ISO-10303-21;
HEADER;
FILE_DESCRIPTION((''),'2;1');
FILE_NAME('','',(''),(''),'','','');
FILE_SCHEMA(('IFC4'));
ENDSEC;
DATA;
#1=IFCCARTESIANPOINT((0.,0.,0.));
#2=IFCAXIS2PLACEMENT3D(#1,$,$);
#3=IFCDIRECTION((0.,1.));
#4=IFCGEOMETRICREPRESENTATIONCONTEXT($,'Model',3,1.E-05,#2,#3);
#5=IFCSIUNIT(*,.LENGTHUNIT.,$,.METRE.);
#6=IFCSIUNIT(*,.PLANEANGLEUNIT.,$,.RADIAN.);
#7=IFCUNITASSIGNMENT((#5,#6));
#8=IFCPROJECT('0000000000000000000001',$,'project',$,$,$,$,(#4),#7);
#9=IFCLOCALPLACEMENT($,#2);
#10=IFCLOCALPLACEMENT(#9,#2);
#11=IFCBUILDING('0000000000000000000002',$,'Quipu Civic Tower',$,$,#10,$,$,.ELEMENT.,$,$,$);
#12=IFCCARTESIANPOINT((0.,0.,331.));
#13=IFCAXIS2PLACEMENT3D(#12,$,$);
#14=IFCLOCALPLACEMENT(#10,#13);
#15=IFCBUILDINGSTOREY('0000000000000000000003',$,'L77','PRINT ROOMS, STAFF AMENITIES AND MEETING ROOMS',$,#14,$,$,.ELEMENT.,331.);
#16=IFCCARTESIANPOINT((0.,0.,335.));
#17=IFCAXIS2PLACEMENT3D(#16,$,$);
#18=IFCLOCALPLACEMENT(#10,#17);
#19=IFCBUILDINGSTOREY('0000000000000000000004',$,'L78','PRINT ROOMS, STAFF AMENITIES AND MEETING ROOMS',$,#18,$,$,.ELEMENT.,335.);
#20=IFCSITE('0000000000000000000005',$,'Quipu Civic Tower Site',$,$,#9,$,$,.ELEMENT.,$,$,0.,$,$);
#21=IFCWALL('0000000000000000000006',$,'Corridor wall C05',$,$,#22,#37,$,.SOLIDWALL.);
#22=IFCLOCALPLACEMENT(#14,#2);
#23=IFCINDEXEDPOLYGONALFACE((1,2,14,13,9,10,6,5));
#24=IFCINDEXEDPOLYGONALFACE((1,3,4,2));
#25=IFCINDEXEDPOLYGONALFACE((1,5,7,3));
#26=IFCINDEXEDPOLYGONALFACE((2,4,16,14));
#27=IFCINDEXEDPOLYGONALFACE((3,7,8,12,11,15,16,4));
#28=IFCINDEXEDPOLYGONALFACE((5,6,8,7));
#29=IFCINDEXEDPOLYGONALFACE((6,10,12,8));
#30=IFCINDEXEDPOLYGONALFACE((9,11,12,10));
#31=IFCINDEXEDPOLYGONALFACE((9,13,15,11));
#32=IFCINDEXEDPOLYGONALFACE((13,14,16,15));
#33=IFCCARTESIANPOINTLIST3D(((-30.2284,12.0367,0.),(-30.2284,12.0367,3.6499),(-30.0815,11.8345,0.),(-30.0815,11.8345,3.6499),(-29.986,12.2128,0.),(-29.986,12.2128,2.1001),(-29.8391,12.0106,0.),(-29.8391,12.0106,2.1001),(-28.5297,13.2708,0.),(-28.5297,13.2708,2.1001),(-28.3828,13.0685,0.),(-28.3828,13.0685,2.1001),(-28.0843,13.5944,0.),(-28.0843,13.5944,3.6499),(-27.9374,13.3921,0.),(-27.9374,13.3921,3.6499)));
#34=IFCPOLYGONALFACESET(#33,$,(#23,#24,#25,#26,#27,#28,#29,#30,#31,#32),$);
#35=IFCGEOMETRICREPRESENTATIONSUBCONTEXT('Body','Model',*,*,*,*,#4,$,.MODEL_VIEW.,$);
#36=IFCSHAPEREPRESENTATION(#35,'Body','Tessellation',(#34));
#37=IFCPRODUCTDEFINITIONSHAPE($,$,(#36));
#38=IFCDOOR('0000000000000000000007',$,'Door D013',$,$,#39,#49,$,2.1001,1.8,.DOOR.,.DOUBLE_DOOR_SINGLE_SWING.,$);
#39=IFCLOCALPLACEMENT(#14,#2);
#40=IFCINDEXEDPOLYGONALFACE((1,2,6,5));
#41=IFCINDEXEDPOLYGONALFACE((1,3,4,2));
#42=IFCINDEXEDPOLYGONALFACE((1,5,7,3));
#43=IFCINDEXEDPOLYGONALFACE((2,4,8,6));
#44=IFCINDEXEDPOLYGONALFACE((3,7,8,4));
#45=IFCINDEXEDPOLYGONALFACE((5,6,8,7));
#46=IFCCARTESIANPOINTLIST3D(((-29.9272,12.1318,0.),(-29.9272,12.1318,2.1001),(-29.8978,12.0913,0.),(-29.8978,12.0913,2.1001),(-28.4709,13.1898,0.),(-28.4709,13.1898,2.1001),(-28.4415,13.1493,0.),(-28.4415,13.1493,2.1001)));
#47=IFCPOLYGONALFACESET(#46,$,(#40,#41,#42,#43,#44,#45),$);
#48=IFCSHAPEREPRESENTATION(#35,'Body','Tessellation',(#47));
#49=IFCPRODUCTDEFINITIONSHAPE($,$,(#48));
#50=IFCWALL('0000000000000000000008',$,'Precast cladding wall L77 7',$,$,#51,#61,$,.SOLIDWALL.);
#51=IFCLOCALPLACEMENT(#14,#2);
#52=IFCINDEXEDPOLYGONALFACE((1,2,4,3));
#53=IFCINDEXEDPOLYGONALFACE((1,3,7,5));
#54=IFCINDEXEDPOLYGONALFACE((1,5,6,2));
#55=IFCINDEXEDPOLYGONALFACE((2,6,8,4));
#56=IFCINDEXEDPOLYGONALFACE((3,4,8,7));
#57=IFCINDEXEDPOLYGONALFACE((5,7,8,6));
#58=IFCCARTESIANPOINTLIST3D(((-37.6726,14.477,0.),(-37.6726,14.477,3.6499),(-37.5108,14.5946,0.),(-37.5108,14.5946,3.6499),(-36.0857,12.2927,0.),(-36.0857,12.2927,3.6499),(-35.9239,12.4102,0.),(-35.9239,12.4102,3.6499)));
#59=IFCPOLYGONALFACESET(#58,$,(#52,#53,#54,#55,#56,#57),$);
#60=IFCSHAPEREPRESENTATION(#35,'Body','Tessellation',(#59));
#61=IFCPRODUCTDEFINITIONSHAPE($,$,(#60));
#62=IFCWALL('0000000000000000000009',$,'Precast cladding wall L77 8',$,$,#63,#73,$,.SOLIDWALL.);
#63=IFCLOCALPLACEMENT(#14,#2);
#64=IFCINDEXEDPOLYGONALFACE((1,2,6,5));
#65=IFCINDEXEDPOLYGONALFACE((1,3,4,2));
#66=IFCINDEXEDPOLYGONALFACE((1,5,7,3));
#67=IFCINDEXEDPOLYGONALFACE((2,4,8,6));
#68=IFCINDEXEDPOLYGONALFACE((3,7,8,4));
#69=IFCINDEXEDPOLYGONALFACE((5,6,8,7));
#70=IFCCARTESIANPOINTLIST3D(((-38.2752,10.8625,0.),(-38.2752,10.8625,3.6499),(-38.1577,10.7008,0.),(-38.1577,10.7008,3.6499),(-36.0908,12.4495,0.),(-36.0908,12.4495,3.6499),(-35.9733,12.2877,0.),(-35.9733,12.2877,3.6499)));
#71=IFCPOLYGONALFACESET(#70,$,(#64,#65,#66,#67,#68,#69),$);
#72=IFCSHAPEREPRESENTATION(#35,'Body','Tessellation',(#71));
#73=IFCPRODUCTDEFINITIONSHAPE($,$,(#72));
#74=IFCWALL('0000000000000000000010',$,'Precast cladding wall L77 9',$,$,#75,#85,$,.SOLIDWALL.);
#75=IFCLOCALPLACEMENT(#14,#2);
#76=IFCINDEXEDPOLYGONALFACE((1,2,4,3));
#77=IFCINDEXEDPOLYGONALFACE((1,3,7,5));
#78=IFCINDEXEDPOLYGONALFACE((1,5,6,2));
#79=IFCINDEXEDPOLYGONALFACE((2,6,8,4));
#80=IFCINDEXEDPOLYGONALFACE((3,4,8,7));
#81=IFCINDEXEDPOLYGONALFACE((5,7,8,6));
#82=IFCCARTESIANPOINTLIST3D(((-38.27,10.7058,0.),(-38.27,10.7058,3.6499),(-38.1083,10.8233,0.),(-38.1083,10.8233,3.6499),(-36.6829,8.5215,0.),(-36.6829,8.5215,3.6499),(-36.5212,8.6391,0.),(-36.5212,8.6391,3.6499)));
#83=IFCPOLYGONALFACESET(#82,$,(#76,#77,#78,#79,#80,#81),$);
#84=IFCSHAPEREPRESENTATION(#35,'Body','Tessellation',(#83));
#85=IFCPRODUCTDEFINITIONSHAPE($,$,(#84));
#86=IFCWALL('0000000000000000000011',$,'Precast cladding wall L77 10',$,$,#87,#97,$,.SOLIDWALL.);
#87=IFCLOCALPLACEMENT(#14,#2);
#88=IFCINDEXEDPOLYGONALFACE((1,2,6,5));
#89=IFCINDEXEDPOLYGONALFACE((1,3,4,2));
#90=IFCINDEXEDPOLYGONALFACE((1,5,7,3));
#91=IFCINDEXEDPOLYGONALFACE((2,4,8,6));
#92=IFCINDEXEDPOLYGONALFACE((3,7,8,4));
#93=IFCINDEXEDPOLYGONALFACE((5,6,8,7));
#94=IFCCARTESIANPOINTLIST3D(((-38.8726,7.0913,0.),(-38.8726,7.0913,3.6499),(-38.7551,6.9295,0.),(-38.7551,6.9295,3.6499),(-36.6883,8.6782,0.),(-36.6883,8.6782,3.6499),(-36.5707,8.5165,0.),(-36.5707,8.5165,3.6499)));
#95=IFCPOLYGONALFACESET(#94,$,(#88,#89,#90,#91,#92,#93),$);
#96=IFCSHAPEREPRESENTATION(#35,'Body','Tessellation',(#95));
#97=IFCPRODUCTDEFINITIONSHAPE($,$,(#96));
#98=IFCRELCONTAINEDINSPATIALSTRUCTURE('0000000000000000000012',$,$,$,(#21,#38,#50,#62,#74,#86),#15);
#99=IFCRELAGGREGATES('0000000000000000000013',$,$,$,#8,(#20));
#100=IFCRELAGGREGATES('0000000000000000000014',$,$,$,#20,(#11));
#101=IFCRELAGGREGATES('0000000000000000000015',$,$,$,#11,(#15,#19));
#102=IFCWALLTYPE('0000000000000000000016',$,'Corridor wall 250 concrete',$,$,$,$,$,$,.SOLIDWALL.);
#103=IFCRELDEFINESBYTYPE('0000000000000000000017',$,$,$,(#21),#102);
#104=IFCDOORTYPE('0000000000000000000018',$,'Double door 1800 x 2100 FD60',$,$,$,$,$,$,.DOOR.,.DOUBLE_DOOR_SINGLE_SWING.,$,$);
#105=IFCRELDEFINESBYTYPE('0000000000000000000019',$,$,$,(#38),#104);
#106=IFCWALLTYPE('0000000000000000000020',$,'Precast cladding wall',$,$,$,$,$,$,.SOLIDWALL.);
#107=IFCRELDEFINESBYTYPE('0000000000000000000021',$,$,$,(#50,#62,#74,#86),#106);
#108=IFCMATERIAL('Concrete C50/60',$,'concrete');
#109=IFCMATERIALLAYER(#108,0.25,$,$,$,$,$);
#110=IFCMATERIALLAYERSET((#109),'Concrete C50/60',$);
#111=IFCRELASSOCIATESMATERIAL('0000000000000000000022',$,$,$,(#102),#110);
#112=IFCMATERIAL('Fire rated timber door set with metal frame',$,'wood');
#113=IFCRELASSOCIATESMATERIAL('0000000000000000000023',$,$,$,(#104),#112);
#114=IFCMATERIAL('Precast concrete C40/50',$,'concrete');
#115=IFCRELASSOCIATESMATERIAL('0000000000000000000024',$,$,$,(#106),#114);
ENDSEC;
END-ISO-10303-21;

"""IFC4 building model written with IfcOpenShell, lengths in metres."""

from ifc_helpers import new_model, si_unit, direction, frame, frame_2d, origin, place, context, subcontext, project, spatial, rectangle, extrude, material, layer, layer_set, type_object, element, fill, save


model = new_model("IFC4")

# Units and contexts
model_context = context("Model", 3, precision=1e-05, world=origin(), true_north=direction((0.0, 1.0)))
body_context = subcontext(model_context, "Body", "Model", "MODEL_VIEW")
ifc_project = project(units=[si_unit("LENGTHUNIT", "METRE"), si_unit("PLANEANGLEUNIT", "RADIAN")], contexts=[model_context])

# Site, building, storey
site_placement = place(None, origin())
site = spatial("IfcSite", under=ifc_project, at=site_placement, Name="Quipu Civic Tower Site", CompositionType="ELEMENT", RefElevation=0.0)
building_placement = place(site_placement, origin())
building = spatial("IfcBuilding", under=site, at=building_placement, Name="Quipu Civic Tower", CompositionType="ELEMENT")
storey_1_placement = place(building_placement, frame((0.0, 0.0, 331.0)))
storey_1 = spatial("IfcBuildingStorey", under=building, at=storey_1_placement, Name="L77", Description="PRINT ROOMS, STAFF AMENITIES AND MEETING ROOMS", CompositionType="ELEMENT", Elevation=331.0)

# Shared definitions
storey_2_placement = place(building_placement, frame((0.0, 0.0, 335.0)))
storey_2 = spatial("IfcBuildingStorey", under=building, at=storey_2_placement, Name="L78", Description="PRINT ROOMS, STAFF AMENITIES AND MEETING ROOMS", CompositionType="ELEMENT", Elevation=335.0)

# Wall, opening, door
ifc_material_1 = material(Name="Concrete C50/60", Category="concrete")
ifc_layer_1 = layer(ifc_material_1, 0.25)
ifc_layer_set_1 = layer_set([ifc_layer_1], Name="Concrete C50/60")
wall_type_1 = type_object("IfcWallType", Name="Corridor wall 250 concrete", PredefinedType="SOLIDWALL", material=ifc_layer_set_1)
wall_placement = place(storey_1_placement, frame((-30.155, 11.9355, 0.0), z_axis=(0.0, 0.0, 1.0), x_axis=(0.809039, 0.587755, 0.0)))
wall = element("IfcWall", 1, at=wall_placement, inside=storey_1, type_object=wall_type_1, Name="Corridor wall C05", PredefinedType="SOLIDWALL", context=body_context, shape_type="SweptSolid", body=[
    extrude(rectangle(XDim=2.6501, YDim=0.25, at=frame_2d((1.3252, 0.0))), origin(), (0.0, 0.0, 1.0), 3.6499),
])
opening_placement = place(wall_placement, frame((0.2998, 0.0, 0.0)))
opening = element("IfcOpeningElement", 2, at=opening_placement, cuts=wall, PredefinedType="OPENING", context=body_context, shape_type="SweptSolid", body=[
    extrude(rectangle(XDim=1.8, YDim=2.1001, at=frame_2d((0.8999, 1.05))), frame((0.0, 0.135, 0.0), z_axis=(0.0, -1.0, 0.0), x_axis=(1.0, 0.0, 0.0)), (0.0, 0.0, 1.0), 0.27),
])
ifc_material_2 = material(Name="Fire rated timber door set with metal frame", Category="wood")
door_type = type_object("IfcDoorType", Name="Double door 1800 x 2100 FD60", OperationType="DOUBLE_DOOR_SINGLE_SWING", PredefinedType="DOOR", material=ifc_material_2)
door_placement = place(opening_placement, origin())
door = element("IfcDoor", 3, at=door_placement, inside=storey_1, type_object=door_type, Name="Door D013", OperationType="DOUBLE_DOOR_SINGLE_SWING", OverallHeight=2.1001, OverallWidth=1.8, PredefinedType="DOOR", context=body_context, shape_type="SweptSolid", body=[
    extrude(rectangle(XDim=1.8, YDim=2.1001, at=frame_2d((0.8999, 1.05))), frame((0.0, 0.0249, 0.0), z_axis=(0.0, -1.0, 0.0), x_axis=(1.0, 0.0, 0.0)), (0.0, 0.0, 1.0), 0.05),
])
fill(opening, door)

# Walls
ifc_material_3 = material(Name="Precast concrete C40/50", Category="concrete")
wall_type_2 = type_object("IfcWallType", Name="Precast cladding wall", PredefinedType="SOLIDWALL", material=ifc_material_3)
for number, where, z_axis, x_axis, name in (
    (4, (-37.5918, 14.5359, 0.0), (0.0, 0.0, 1.0), (0.587763, -0.809033, 0.0), "Precast cladding wall L77 7"),
    (5, (-36.032, 12.3687, 0.0), (0.0, 0.0, 1.0), (-0.809033, -0.587763, 0.0), "Precast cladding wall L77 8"),
    (6, (-38.1892, 10.7646, 0.0), (0.0, 0.0, 1.0), (0.587822, -0.80899, 0.0), "Precast cladding wall L77 9"),
    (7, (-36.6294, 8.5974, 0.0), (0.0, 0.0, 1.0), (-0.809033, -0.587763, 0.0), "Precast cladding wall L77 10"),
):
    element("IfcWall", number, at=place(storey_1_placement, frame(where, z_axis=z_axis, x_axis=x_axis)), inside=storey_1, type_object=wall_type_2, Name=name, PredefinedType="SOLIDWALL", context=body_context, shape_type="SweptSolid", body=[
        extrude(rectangle(XDim=2.7, YDim=0.2, at=frame_2d((1.3501, 0.0))), origin(), (0.0, 0.0, 1.0), 3.6499),
    ])

save(model, "model.ifc")
